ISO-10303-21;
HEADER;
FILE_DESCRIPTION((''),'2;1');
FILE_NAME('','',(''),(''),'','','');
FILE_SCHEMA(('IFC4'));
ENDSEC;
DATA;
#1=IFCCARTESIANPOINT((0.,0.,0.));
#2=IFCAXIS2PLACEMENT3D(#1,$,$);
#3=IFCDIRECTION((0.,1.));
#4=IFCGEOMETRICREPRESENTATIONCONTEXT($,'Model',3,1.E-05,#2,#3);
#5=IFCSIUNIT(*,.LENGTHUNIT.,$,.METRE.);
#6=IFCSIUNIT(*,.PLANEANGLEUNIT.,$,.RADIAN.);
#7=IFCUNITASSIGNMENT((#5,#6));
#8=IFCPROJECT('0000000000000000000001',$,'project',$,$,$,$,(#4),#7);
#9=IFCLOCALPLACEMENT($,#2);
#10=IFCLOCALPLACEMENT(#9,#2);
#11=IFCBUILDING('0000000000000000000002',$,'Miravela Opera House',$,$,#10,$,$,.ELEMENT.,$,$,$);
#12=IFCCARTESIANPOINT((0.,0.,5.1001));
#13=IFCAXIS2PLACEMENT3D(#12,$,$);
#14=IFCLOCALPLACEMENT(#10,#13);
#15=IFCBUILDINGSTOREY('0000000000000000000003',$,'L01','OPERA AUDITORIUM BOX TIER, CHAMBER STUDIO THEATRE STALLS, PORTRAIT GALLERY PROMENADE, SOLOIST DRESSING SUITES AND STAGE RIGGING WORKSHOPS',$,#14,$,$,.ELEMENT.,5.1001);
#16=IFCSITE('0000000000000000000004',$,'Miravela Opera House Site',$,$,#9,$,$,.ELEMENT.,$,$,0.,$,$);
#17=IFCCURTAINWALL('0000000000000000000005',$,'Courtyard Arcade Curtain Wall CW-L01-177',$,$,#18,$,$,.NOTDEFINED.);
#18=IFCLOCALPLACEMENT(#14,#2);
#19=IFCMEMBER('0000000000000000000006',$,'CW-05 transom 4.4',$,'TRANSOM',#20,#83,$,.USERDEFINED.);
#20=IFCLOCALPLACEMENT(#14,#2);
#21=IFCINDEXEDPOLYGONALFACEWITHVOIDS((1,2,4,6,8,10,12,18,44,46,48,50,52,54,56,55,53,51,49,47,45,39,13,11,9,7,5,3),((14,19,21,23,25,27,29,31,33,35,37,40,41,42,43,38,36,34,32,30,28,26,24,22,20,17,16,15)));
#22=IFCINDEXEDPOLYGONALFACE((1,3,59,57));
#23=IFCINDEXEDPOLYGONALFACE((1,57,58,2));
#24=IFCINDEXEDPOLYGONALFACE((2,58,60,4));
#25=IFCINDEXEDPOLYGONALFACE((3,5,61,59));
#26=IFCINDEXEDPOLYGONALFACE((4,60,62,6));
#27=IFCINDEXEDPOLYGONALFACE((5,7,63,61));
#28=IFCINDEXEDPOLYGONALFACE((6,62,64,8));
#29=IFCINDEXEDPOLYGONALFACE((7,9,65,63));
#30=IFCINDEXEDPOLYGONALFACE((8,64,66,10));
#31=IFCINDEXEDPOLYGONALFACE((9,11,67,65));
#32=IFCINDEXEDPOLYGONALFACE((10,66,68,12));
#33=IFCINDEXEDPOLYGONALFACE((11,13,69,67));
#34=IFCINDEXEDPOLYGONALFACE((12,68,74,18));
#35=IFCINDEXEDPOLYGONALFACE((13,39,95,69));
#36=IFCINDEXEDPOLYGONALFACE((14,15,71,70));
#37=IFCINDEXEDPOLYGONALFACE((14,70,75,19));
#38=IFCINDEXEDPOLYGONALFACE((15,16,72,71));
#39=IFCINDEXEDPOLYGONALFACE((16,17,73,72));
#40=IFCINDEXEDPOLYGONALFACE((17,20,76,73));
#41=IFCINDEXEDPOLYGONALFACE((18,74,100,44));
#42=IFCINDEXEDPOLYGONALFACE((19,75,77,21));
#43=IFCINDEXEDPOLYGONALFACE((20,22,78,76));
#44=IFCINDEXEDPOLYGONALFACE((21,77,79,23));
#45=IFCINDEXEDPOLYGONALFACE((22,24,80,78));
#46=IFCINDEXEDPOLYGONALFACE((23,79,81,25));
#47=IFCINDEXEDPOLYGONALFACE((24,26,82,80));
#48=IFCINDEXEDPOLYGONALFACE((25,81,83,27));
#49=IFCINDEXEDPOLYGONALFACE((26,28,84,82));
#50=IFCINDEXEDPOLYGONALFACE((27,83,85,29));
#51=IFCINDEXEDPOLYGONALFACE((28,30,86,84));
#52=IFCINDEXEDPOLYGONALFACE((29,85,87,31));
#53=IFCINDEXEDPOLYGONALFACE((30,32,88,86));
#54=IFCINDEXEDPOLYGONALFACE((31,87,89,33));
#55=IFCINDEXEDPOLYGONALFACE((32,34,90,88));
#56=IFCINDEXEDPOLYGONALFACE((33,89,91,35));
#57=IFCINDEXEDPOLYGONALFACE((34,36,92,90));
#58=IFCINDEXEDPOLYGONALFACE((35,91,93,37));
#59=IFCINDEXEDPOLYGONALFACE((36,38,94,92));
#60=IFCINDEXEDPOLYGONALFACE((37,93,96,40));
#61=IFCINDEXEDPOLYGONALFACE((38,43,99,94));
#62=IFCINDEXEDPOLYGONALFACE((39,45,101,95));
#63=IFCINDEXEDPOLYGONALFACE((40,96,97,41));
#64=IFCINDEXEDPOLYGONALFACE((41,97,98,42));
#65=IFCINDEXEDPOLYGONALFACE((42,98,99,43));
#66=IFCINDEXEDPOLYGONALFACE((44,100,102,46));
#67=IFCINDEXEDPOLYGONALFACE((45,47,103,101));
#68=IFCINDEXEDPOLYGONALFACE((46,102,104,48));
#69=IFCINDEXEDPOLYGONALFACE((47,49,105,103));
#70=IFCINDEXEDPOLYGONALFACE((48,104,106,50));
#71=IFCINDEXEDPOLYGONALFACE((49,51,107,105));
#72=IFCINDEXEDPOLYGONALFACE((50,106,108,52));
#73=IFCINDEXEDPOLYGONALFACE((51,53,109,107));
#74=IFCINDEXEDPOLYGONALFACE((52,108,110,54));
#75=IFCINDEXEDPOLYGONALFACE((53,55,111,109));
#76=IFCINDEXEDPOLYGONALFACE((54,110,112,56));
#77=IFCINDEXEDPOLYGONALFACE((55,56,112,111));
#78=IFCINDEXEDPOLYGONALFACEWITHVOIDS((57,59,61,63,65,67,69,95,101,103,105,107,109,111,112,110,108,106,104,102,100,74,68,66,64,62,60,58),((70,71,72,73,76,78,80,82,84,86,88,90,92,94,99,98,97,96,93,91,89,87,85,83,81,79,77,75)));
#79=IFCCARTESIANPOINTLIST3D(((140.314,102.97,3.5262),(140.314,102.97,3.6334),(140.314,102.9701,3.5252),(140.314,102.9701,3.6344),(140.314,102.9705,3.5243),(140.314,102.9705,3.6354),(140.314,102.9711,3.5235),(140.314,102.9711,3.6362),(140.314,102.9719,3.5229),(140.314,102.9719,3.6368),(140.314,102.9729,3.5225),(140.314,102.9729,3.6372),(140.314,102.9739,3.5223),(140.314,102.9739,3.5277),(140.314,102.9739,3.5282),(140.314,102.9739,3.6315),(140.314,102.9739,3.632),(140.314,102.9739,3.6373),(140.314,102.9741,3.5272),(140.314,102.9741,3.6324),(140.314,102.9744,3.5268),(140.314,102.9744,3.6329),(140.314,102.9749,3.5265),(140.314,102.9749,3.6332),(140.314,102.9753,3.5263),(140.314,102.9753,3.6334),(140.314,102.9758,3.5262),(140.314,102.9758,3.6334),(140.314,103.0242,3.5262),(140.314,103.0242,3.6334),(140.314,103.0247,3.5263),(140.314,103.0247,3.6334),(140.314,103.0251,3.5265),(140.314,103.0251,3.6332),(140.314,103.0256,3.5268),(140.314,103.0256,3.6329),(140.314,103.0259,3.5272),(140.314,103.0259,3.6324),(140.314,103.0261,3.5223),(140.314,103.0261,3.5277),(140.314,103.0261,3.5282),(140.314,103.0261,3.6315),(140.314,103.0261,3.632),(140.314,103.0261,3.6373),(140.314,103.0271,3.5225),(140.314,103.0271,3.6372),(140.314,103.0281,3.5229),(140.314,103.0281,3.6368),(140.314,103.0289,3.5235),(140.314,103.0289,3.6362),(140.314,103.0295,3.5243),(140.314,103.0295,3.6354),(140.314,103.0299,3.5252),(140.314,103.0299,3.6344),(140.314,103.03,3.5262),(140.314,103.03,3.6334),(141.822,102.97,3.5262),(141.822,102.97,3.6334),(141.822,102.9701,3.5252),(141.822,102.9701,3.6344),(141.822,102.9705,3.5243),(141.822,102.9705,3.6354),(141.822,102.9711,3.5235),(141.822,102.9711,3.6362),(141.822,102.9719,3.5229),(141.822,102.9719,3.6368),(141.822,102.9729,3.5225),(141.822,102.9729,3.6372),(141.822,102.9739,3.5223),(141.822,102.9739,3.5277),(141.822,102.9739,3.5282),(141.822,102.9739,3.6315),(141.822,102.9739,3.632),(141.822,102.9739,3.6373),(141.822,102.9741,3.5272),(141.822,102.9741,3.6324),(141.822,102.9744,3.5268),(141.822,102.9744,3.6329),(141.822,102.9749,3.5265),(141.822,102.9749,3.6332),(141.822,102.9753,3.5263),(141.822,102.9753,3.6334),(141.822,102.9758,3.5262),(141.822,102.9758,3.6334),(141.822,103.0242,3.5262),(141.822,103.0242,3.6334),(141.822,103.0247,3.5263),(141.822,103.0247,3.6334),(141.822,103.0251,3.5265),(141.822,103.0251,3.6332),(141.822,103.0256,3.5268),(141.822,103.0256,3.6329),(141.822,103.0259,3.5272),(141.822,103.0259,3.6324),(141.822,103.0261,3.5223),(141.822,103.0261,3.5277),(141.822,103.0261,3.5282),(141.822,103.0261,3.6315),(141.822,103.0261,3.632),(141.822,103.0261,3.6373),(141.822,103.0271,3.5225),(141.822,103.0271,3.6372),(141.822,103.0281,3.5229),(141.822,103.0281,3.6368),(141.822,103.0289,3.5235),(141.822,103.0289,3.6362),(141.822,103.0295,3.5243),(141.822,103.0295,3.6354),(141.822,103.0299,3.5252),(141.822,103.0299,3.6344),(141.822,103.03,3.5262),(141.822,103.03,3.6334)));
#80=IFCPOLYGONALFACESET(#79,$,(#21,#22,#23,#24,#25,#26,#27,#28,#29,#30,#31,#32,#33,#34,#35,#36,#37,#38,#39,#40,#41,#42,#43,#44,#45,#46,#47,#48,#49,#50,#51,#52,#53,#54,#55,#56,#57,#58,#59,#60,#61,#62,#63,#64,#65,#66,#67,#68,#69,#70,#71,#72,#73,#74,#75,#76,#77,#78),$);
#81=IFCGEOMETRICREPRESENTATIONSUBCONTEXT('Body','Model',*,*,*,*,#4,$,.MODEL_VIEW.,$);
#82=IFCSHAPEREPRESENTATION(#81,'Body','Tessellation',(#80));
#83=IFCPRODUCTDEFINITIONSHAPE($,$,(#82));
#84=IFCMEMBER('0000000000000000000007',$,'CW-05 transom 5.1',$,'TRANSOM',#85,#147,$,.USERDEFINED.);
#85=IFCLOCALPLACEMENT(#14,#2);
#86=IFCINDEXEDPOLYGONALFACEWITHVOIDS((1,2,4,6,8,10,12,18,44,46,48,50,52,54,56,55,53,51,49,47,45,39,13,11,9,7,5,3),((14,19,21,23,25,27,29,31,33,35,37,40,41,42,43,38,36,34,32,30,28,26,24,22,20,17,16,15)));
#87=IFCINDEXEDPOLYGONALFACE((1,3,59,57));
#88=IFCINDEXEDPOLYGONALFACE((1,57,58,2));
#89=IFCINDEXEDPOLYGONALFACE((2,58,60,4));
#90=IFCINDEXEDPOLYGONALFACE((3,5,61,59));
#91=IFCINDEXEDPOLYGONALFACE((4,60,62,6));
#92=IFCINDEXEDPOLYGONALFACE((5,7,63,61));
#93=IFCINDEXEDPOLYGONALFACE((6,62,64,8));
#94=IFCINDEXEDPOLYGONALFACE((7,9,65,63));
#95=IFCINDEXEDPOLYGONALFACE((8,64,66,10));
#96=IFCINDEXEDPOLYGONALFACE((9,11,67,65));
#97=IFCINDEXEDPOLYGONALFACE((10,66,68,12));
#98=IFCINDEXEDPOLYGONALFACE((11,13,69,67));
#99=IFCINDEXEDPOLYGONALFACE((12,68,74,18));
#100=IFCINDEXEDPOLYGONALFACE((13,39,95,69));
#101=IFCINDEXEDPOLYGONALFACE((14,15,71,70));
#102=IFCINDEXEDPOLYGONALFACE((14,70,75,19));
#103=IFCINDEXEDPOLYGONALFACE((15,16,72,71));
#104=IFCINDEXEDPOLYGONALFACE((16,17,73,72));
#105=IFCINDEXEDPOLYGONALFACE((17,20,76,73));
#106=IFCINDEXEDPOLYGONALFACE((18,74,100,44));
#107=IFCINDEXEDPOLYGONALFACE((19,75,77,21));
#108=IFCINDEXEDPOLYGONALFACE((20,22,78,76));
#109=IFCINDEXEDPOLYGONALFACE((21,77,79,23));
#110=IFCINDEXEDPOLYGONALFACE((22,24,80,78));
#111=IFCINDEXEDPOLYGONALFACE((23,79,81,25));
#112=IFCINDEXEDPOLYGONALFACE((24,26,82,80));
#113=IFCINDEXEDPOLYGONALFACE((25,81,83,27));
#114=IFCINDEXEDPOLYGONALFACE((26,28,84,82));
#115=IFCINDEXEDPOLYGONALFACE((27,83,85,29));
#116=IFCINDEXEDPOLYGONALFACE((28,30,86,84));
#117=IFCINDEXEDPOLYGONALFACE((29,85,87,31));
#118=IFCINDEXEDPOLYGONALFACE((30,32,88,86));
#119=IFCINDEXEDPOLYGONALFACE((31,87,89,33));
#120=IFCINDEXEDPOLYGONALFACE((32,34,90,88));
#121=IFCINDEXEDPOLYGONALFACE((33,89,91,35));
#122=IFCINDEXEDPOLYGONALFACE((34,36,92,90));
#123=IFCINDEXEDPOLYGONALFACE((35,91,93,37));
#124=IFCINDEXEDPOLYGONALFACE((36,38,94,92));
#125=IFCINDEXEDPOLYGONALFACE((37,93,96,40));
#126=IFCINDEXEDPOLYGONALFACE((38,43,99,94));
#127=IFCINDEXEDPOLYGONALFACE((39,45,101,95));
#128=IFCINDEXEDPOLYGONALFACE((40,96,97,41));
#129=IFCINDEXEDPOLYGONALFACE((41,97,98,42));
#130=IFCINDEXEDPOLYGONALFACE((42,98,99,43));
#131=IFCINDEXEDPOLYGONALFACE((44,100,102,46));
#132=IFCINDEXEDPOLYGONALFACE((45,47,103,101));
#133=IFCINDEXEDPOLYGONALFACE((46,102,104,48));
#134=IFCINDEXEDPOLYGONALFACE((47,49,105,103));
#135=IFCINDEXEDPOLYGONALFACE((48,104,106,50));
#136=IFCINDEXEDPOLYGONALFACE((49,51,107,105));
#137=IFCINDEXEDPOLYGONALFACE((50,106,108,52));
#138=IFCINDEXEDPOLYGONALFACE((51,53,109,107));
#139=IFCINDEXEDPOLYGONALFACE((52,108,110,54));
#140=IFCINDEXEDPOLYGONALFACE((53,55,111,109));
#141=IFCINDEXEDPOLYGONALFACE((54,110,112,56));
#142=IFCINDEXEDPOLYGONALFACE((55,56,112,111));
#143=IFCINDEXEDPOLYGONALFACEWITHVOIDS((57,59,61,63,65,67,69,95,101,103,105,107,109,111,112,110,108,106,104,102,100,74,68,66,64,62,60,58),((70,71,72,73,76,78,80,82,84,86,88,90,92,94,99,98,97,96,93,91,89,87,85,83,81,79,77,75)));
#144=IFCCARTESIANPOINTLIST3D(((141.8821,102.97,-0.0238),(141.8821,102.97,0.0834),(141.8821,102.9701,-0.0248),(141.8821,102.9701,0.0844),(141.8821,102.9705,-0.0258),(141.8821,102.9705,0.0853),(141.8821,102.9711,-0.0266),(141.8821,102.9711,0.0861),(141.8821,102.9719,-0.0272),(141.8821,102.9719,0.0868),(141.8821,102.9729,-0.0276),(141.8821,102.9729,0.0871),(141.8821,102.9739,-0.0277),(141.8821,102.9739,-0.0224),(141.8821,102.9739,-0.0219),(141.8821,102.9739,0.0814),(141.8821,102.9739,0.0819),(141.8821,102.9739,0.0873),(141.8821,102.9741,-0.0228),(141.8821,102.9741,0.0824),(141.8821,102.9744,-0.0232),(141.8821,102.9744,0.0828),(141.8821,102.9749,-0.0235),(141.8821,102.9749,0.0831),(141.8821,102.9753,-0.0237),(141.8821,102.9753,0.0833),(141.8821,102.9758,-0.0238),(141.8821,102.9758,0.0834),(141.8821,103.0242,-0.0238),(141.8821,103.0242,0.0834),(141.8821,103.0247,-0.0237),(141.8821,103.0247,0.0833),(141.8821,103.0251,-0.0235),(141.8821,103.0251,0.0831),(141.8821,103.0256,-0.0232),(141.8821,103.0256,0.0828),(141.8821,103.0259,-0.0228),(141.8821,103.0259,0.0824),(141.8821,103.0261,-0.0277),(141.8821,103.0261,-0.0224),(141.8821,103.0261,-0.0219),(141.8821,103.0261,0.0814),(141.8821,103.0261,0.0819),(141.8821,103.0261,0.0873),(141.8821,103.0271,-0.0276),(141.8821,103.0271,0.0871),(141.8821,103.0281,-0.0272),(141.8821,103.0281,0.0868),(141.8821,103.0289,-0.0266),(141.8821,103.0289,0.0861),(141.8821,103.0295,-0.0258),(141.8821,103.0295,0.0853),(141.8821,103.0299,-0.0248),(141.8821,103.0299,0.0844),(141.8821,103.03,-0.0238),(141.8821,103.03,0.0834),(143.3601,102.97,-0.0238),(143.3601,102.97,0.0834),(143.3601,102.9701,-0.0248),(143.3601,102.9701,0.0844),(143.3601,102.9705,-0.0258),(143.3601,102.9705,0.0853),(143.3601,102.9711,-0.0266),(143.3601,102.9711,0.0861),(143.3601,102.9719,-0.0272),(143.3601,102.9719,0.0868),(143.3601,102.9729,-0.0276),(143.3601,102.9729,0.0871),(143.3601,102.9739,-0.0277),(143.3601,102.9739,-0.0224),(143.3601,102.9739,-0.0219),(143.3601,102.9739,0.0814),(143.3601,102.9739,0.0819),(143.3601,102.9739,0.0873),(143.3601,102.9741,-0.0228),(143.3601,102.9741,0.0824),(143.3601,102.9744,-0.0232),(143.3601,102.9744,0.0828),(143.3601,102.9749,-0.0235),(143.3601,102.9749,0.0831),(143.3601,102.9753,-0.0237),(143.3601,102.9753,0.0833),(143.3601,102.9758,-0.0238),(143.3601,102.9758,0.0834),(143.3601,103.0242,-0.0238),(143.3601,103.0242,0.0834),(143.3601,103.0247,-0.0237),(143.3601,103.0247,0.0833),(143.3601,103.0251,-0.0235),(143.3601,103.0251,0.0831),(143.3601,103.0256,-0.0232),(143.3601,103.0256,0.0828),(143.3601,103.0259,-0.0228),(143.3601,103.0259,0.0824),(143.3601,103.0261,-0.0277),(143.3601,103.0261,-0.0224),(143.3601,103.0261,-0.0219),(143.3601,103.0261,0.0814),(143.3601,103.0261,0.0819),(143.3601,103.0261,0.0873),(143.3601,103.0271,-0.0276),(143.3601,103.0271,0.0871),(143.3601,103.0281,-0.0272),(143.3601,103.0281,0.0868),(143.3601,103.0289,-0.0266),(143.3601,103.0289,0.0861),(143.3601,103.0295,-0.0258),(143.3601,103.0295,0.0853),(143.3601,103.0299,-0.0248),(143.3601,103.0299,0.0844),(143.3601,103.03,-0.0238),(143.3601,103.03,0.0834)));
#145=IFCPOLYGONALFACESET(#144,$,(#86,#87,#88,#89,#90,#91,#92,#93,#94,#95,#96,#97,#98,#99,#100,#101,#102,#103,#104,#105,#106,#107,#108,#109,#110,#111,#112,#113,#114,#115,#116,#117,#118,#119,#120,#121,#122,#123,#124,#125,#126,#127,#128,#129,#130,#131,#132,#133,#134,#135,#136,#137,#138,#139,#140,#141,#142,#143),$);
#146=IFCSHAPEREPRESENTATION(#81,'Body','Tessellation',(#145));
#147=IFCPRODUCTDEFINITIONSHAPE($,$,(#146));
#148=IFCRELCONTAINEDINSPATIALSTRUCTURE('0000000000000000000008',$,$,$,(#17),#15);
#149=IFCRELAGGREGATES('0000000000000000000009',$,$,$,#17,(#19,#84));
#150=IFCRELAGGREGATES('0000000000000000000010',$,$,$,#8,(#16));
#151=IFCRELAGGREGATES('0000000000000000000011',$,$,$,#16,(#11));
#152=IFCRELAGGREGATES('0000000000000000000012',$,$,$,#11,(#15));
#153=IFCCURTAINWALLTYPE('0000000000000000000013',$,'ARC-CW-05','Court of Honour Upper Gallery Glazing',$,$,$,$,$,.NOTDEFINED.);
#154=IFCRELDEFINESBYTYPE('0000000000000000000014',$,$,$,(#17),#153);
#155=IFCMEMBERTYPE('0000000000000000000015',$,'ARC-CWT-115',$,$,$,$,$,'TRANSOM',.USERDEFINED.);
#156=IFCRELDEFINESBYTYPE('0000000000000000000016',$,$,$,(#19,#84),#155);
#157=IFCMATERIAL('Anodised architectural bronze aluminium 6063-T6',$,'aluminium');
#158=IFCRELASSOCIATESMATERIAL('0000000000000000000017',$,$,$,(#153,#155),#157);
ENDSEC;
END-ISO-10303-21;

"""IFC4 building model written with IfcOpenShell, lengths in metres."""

from ifc_helpers import new_model, si_unit, direction, frame, origin, origin_2d, place, context, subcontext, project, spatial, hollow_rectangle, extrude, material, material_profile, profile_set, type_object, element, aggregate, save


model = new_model("IFC4")

# Units and contexts
model_context = context("Model", 3, precision=1e-05, world=origin(), true_north=direction((0.0, 1.0)))
body_context = subcontext(model_context, "Body", "Model", "MODEL_VIEW")
ifc_project = project(units=[si_unit("LENGTHUNIT", "METRE"), si_unit("PLANEANGLEUNIT", "RADIAN")], contexts=[model_context])

# Site, building, storey
site_placement = place(None, origin())
site = spatial("IfcSite", under=ifc_project, at=site_placement, Name="Miravela Opera House Site", CompositionType="ELEMENT", RefElevation=0.0)
building_placement = place(site_placement, origin())
building = spatial("IfcBuilding", under=site, at=building_placement, Name="Miravela Opera House", CompositionType="ELEMENT")
storey_placement = place(building_placement, frame((0.0, 0.0, 5.1001)))
storey = spatial("IfcBuildingStorey", under=building, at=storey_placement, Name="L01", Description="OPERA AUDITORIUM BOX TIER, CHAMBER STUDIO THEATRE STALLS, PORTRAIT GALLERY PROMENADE, SOLOIST DRESSING SUITES AND STAGE RIGGING WORKSHOPS", CompositionType="ELEMENT", Elevation=5.1001)

# Curtain wall, members
ifc_material_1 = material(Name="Anodised architectural bronze aluminium 6063-T6", Category="aluminium")
curtain_wall_type = type_object("IfcCurtainWallType", Name="ARC-CW-05", Description="Court of Honour Upper Gallery Glazing", PredefinedType="NOTDEFINED", material=ifc_material_1)
curtain_wall_placement = place(storey_placement, origin())
curtain_wall = element("IfcCurtainWall", 1, at=curtain_wall_placement, inside=storey, type_object=curtain_wall_type, Name="Courtyard Arcade Curtain Wall CW-L01-177", PredefinedType="NOTDEFINED")
ifc_material_profile_1 = material_profile(ifc_material_1, hollow_rectangle(XDim=0.0601, YDim=0.115, WallThickness=0.0039, InnerFilletRadius=0.002, OuterFilletRadius=0.0039, at=origin_2d()), Name="CWT-60X115")
ifc_profile_set_1 = profile_set([ifc_material_profile_1])
member_type_1 = type_object("IfcMemberType", Name="ARC-CWT-115", ElementType="TRANSOM", PredefinedType="USERDEFINED", material=ifc_profile_set_1)
member_1_placement = place(storey_placement, frame((140.314, 103.0, 3.5798), z_axis=(1.0, 0.0, 0.0), x_axis=(0.0, 1.0, 0.0)))
member_1 = element("IfcMember", 2, at=member_1_placement, type_object=member_type_1, Name="CW-05 transom 4.4", ObjectType="TRANSOM", PredefinedType="USERDEFINED", context=body_context, shape_type="SweptSolid", body=[
    extrude(hollow_rectangle(XDim=0.0601, YDim=0.115, WallThickness=0.0039, InnerFilletRadius=0.002, OuterFilletRadius=0.0039, at=origin_2d()), origin(), (0.0, 0.0, 1.0), 1.5081),
])
member_2_placement = place(storey_placement, frame((141.8821, 103.0, 0.0298), z_axis=(1.0, 0.0, 0.0), x_axis=(0.0, 1.0, 0.0)))
member_2 = element("IfcMember", 3, at=member_2_placement, type_object=member_type_1, Name="CW-05 transom 5.1", ObjectType="TRANSOM", PredefinedType="USERDEFINED", context=body_context, shape_type="SweptSolid", body=[
    extrude(hollow_rectangle(XDim=0.0601, YDim=0.115, WallThickness=0.0039, InnerFilletRadius=0.002, OuterFilletRadius=0.0039, at=origin_2d()), origin(), (0.0, 0.0, 1.0), 1.478),
])

aggregate(curtain_wall, [member_1, member_2])

save(model, "model.ifc")
